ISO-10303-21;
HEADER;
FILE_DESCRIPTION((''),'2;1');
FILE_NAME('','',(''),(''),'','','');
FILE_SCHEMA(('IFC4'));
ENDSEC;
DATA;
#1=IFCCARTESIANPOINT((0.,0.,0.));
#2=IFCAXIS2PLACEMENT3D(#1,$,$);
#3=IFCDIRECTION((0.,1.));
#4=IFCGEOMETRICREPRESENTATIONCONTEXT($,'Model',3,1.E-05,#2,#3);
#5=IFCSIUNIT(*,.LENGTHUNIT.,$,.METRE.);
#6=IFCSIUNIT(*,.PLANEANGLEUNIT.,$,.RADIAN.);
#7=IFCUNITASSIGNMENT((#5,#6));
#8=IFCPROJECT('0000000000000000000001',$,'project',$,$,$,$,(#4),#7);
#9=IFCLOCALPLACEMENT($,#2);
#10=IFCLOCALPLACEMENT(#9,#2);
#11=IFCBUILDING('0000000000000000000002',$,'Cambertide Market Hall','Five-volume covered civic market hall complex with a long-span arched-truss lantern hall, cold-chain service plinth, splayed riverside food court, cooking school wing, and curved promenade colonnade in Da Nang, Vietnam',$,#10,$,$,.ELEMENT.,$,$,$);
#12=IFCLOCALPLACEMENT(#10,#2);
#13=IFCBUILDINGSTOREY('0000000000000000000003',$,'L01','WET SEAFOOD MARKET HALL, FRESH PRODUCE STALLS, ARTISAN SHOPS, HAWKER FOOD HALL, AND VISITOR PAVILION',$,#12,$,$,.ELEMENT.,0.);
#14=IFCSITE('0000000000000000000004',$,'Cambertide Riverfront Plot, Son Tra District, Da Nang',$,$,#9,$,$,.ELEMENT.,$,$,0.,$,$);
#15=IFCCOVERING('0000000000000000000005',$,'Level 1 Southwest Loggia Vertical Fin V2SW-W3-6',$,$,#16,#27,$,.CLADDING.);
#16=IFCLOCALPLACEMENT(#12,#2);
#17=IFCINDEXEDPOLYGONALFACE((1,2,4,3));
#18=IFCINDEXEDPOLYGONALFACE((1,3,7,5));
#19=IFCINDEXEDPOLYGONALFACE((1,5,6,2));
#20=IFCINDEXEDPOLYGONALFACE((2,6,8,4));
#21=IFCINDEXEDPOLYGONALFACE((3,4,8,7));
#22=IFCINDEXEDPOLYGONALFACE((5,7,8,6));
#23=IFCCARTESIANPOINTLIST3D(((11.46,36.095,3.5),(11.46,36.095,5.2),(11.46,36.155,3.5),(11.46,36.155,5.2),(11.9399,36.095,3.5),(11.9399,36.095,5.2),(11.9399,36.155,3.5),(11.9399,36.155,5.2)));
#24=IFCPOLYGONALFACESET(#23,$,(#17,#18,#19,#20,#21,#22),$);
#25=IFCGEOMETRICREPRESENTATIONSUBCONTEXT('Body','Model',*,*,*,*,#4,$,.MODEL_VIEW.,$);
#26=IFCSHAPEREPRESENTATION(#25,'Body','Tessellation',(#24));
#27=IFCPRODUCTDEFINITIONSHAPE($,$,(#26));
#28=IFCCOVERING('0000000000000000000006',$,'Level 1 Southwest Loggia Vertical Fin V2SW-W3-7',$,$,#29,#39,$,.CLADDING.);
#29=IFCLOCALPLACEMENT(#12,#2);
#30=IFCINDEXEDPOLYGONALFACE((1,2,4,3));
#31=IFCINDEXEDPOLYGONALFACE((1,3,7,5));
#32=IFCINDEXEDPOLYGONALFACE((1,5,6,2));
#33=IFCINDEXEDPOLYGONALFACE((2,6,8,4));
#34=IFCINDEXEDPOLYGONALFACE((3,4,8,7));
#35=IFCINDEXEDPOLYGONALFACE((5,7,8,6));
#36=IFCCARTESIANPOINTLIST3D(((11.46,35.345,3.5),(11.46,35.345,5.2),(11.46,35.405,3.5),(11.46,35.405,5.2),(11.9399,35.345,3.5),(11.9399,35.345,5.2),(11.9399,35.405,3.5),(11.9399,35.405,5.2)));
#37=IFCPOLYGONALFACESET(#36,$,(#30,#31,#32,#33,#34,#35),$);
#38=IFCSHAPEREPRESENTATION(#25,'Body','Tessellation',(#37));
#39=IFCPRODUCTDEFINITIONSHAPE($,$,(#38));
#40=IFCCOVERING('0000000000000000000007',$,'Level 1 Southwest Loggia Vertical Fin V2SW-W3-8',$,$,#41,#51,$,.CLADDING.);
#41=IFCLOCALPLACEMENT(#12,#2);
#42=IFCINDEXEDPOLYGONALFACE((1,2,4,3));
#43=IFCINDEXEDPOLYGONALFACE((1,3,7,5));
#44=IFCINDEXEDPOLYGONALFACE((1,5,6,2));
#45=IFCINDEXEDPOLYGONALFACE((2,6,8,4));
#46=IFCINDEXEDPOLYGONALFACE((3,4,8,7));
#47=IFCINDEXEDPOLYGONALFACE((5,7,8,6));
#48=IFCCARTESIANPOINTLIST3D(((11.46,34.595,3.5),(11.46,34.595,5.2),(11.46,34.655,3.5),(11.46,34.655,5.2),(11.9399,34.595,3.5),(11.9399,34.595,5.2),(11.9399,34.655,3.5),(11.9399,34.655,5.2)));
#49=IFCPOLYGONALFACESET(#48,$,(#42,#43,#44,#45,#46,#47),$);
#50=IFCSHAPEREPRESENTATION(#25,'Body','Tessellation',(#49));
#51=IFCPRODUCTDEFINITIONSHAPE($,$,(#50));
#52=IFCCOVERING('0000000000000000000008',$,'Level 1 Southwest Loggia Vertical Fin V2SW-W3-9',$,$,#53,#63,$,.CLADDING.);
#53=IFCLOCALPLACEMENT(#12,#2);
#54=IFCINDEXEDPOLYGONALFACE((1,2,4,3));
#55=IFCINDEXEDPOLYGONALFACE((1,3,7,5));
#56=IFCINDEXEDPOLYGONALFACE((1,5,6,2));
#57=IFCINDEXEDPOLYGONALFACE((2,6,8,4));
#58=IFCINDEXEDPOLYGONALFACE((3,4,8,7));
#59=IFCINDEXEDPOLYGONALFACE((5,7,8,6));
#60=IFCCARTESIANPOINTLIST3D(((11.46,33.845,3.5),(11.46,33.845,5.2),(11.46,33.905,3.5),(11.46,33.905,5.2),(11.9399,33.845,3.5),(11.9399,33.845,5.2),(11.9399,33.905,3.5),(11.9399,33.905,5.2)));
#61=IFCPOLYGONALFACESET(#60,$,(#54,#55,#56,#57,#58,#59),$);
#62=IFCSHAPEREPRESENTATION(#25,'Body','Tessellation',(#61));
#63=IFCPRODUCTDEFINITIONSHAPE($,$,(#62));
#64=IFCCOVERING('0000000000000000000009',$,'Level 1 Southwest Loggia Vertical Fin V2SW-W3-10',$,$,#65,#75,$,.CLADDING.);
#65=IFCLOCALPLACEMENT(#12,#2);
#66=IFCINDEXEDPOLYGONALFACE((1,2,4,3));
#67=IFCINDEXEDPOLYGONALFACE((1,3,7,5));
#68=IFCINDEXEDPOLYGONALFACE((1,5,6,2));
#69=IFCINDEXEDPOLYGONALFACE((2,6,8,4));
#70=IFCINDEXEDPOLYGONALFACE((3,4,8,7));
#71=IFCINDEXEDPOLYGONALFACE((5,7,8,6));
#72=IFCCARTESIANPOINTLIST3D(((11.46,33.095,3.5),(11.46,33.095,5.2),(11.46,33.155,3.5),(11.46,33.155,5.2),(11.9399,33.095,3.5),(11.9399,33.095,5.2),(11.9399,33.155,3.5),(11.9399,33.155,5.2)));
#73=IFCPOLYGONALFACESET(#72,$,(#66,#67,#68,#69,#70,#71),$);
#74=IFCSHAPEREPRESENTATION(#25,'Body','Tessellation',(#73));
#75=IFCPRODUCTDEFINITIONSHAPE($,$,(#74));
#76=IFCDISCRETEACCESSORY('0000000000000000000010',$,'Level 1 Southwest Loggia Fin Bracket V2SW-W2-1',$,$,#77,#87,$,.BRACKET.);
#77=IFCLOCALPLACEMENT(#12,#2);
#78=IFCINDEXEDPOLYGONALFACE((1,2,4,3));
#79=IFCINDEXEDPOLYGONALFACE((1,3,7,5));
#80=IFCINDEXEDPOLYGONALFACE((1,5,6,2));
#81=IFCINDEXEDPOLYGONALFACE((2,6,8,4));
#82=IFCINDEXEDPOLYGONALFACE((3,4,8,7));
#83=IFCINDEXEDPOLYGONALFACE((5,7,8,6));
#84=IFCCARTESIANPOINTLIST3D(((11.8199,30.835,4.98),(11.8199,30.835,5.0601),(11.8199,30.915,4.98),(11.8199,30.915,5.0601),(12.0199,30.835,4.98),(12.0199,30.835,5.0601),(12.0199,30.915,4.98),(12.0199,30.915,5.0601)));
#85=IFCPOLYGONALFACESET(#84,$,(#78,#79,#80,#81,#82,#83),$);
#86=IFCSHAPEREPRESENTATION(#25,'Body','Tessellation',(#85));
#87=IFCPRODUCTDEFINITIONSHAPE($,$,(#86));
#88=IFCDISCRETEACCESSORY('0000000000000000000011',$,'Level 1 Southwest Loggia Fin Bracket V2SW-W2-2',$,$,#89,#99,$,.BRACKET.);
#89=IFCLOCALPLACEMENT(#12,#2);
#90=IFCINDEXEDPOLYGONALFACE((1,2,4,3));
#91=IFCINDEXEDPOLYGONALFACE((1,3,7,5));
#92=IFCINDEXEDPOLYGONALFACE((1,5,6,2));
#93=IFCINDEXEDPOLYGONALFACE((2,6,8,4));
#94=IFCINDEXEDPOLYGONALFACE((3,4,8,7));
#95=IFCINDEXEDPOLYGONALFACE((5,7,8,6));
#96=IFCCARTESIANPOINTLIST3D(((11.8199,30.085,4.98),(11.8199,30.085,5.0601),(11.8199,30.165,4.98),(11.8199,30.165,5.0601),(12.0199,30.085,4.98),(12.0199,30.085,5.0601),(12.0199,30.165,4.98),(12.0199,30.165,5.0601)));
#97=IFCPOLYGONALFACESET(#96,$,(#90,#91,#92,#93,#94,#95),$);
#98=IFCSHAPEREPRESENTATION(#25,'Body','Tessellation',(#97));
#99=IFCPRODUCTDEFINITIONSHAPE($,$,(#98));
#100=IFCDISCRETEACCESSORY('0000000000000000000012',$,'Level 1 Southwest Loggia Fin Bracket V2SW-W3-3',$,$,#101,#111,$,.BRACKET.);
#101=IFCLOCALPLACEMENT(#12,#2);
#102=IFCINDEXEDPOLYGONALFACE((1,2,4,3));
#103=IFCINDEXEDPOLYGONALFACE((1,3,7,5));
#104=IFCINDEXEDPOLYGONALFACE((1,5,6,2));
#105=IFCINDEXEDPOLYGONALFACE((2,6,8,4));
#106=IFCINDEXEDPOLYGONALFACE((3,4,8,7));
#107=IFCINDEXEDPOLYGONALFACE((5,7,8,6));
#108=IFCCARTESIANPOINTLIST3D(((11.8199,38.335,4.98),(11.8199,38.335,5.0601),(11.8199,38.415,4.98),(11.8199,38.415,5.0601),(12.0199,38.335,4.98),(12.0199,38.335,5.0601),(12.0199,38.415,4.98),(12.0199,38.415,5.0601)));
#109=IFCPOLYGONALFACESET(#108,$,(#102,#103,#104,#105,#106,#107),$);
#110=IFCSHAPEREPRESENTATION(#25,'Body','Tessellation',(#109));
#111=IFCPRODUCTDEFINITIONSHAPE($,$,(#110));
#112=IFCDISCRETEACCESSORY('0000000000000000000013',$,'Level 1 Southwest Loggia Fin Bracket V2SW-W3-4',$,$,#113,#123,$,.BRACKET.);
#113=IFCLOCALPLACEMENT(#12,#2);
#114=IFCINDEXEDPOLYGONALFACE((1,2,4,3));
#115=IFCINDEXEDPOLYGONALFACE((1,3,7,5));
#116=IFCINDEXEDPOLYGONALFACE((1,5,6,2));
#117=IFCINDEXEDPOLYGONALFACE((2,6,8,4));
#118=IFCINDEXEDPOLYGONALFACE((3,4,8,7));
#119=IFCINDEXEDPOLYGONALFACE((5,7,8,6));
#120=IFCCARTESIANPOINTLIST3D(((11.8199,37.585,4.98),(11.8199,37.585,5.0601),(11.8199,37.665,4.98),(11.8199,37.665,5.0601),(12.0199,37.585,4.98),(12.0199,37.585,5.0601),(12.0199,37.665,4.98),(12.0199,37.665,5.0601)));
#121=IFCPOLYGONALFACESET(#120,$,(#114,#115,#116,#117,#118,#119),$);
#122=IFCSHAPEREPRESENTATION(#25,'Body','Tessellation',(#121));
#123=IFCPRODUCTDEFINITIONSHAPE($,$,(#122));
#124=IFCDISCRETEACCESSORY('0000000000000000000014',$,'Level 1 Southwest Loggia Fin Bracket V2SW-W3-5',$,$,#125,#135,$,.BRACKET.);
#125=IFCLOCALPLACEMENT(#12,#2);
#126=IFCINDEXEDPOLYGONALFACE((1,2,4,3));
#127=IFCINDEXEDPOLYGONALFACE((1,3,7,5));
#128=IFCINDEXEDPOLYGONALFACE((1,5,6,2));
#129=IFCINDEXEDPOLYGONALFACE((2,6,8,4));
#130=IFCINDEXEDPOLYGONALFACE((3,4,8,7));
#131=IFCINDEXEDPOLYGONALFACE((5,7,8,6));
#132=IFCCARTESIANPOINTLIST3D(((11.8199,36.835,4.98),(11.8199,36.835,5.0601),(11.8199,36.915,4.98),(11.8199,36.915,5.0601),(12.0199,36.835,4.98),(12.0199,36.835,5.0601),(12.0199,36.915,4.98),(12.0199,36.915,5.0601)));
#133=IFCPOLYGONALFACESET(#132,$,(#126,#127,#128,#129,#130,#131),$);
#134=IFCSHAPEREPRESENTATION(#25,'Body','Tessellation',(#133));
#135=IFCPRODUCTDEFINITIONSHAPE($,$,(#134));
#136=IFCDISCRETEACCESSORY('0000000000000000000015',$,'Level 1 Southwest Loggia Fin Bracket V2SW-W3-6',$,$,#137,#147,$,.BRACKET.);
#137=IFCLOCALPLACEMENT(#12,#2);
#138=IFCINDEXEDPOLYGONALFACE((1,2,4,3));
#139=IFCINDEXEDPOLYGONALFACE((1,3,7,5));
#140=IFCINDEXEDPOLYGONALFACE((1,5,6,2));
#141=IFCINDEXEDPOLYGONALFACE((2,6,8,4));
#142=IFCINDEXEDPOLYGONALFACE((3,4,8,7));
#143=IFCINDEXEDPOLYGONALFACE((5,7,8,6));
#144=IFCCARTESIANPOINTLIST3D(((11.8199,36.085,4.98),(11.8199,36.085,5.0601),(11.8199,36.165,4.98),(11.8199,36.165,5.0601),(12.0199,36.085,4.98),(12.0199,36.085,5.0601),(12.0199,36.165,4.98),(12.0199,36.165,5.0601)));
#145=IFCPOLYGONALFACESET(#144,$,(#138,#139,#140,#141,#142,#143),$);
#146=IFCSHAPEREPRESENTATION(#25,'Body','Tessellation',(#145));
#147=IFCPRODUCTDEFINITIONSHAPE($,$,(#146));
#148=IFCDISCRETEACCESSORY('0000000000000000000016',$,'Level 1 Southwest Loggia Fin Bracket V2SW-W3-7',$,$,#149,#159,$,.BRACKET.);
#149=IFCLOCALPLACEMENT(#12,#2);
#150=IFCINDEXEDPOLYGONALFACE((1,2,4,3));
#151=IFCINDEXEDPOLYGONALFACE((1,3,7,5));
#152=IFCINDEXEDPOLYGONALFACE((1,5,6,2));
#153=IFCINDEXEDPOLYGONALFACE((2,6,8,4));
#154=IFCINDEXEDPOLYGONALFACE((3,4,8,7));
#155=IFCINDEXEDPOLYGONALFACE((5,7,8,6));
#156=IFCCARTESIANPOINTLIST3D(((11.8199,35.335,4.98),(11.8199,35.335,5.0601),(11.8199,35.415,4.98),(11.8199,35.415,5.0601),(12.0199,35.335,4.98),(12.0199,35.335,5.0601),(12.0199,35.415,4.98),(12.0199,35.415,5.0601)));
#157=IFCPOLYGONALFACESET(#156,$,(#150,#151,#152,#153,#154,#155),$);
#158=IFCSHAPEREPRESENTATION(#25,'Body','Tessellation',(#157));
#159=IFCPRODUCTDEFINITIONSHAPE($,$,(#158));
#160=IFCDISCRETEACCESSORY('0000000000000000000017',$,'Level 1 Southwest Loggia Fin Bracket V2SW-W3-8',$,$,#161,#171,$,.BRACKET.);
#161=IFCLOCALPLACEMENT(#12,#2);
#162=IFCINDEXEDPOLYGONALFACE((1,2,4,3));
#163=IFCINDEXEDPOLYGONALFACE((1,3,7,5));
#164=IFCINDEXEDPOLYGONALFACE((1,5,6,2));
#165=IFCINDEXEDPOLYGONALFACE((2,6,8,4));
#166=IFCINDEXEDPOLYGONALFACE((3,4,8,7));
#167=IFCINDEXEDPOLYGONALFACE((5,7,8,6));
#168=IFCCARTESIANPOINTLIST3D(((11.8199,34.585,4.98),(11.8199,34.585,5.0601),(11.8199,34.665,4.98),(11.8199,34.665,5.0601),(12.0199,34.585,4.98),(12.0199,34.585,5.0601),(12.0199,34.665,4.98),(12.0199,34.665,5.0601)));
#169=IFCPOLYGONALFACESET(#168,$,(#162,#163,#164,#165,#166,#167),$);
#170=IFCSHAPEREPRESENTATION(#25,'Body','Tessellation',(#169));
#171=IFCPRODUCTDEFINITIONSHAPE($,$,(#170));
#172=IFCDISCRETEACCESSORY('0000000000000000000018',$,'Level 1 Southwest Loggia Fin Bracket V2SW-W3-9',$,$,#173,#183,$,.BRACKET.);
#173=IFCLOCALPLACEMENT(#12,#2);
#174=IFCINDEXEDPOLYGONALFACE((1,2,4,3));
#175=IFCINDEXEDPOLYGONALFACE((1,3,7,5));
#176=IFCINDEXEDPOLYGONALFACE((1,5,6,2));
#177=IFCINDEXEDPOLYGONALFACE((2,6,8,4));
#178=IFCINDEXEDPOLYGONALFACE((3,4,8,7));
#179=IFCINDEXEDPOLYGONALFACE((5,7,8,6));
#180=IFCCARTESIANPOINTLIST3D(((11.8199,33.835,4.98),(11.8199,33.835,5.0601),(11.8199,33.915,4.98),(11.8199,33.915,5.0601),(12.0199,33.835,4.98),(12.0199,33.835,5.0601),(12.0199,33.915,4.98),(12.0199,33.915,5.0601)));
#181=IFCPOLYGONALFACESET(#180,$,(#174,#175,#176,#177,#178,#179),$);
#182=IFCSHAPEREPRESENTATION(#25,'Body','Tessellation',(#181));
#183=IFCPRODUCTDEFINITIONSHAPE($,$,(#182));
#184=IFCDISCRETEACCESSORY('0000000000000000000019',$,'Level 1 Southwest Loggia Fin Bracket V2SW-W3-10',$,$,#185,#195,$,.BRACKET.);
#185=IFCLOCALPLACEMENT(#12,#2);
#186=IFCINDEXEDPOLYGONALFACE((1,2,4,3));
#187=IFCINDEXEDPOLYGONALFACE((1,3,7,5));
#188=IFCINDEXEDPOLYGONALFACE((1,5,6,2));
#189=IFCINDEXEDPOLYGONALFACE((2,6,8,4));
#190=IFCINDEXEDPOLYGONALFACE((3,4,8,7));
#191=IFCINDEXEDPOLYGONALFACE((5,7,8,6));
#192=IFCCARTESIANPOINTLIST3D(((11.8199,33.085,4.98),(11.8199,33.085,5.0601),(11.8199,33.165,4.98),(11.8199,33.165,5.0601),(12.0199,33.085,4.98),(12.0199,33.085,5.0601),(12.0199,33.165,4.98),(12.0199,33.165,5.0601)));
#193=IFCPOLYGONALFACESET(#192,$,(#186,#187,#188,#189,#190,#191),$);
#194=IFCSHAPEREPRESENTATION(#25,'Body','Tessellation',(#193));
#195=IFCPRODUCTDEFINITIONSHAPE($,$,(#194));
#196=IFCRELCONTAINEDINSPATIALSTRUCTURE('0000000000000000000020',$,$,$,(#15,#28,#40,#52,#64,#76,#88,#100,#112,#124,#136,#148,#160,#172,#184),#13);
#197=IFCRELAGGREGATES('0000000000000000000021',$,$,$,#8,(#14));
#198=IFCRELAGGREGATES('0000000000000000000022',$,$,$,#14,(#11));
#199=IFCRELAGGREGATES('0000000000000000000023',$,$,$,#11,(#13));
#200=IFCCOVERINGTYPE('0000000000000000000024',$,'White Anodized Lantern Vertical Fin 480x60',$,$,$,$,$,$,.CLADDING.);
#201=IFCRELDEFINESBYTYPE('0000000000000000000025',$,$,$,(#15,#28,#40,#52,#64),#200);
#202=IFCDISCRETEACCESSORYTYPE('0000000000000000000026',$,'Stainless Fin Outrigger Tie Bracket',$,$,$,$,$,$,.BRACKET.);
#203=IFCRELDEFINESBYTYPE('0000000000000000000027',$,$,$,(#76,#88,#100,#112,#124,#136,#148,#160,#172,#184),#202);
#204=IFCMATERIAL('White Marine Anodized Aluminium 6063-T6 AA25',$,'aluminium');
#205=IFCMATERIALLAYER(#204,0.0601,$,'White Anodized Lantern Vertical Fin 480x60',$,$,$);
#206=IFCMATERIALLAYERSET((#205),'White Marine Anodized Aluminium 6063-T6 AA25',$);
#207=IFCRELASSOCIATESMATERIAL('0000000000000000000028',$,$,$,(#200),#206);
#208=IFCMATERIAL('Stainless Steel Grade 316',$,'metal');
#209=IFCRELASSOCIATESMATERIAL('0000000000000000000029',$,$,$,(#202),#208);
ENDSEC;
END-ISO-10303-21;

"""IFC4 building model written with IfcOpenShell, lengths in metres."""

from ifc_helpers import new_model, si_unit, direction, frame, origin, origin_2d, place, context, subcontext, project, spatial, rectangle, extrude, material, layer, layer_set, type_object, element, save


model = new_model("IFC4")

# Units and contexts
model_context = context("Model", 3, precision=1e-05, world=origin(), true_north=direction((0.0, 1.0)))
body_context = subcontext(model_context, "Body", "Model", "MODEL_VIEW")
ifc_project = project(units=[si_unit("LENGTHUNIT", "METRE"), si_unit("PLANEANGLEUNIT", "RADIAN")], contexts=[model_context])

# Site, building, storey
site_placement = place(None, origin())
site = spatial("IfcSite", under=ifc_project, at=site_placement, Name="Cambertide Riverfront Plot, Son Tra District, Da Nang", CompositionType="ELEMENT", RefElevation=0.0)
building_placement = place(site_placement, origin())
building = spatial("IfcBuilding", under=site, at=building_placement, Name="Cambertide Market Hall", Description="Five-volume covered civic market hall complex with a long-span arched-truss lantern hall, cold-chain service plinth, splayed riverside food court, cooking school wing, and curved promenade colonnade in Da Nang, Vietnam", CompositionType="ELEMENT")
storey_placement = place(building_placement, origin())
storey = spatial("IfcBuildingStorey", under=building, at=storey_placement, Name="L01", Description="WET SEAFOOD MARKET HALL, FRESH PRODUCE STALLS, ARTISAN SHOPS, HAWKER FOOD HALL, AND VISITOR PAVILION", CompositionType="ELEMENT", Elevation=0.0)

# Coverings
ifc_material_1 = material(Name="White Marine Anodized Aluminium 6063-T6 AA25", Category="aluminium")
ifc_layer = layer(ifc_material_1, 0.0601, Name="White Anodized Lantern Vertical Fin 480x60")
ifc_layer_set = layer_set([ifc_layer], Name="White Marine Anodized Aluminium 6063-T6 AA25")
covering_type = type_object("IfcCoveringType", Name="White Anodized Lantern Vertical Fin 480x60", PredefinedType="CLADDING", material=ifc_layer_set)
for number, where, z_axis, x_axis, name in (
    (1, (11.7, 36.125, 3.5), (0.0, 0.0, 1.0), (0.0, 1.0, 0.0), "Level 1 Southwest Loggia Vertical Fin V2SW-W3-6"),
    (2, (11.7, 35.375, 3.5), (0.0, 0.0, 1.0), (0.0, 1.0, 0.0), "Level 1 Southwest Loggia Vertical Fin V2SW-W3-7"),
    (3, (11.7, 34.625, 3.5), (0.0, 0.0, 1.0), (0.0, 1.0, 0.0), "Level 1 Southwest Loggia Vertical Fin V2SW-W3-8"),
    (4, (11.7, 33.875, 3.5), (0.0, 0.0, 1.0), (0.0, 1.0, 0.0), "Level 1 Southwest Loggia Vertical Fin V2SW-W3-9"),
    (5, (11.7, 33.125, 3.5), (0.0, 0.0, 1.0), (0.0, 1.0, 0.0), "Level 1 Southwest Loggia Vertical Fin V2SW-W3-10"),
):
    element("IfcCovering", number, at=place(storey_placement, frame(where, z_axis=z_axis, x_axis=x_axis)), inside=storey, type_object=covering_type, Name=name, PredefinedType="CLADDING", context=body_context, shape_type="SweptSolid", body=[
        extrude(rectangle(XDim=0.0601, YDim=0.48, at=origin_2d()), origin(), (0.0, 0.0, 1.0), 1.7),
    ])

# Discrete accessories
ifc_material_2 = material(Name="Stainless Steel Grade 316", Category="metal")
discrete_accessory_type = type_object("IfcDiscreteAccessoryType", Name="Stainless Fin Outrigger Tie Bracket", PredefinedType="BRACKET", material=ifc_material_2)
for number, where, z_axis, x_axis, name in (
    (6, (11.9199, 30.875, 4.98), (0.0, 0.0, 1.0), (0.0, 1.0, 0.0), "Level 1 Southwest Loggia Fin Bracket V2SW-W2-1"),
    (7, (11.9199, 30.125, 4.98), (0.0, 0.0, 1.0), (0.0, 1.0, 0.0), "Level 1 Southwest Loggia Fin Bracket V2SW-W2-2"),
    (8, (11.9199, 38.375, 4.98), (0.0, 0.0, 1.0), (0.0, 1.0, 0.0), "Level 1 Southwest Loggia Fin Bracket V2SW-W3-3"),
    (9, (11.9199, 37.625, 4.98), (0.0, 0.0, 1.0), (0.0, 1.0, 0.0), "Level 1 Southwest Loggia Fin Bracket V2SW-W3-4"),
    (10, (11.9199, 36.875, 4.98), (0.0, 0.0, 1.0), (0.0, 1.0, 0.0), "Level 1 Southwest Loggia Fin Bracket V2SW-W3-5"),
    (11, (11.9199, 36.125, 4.98), (0.0, 0.0, 1.0), (0.0, 1.0, 0.0), "Level 1 Southwest Loggia Fin Bracket V2SW-W3-6"),
    (12, (11.9199, 35.375, 4.98), (0.0, 0.0, 1.0), (0.0, 1.0, 0.0), "Level 1 Southwest Loggia Fin Bracket V2SW-W3-7"),
    (13, (11.9199, 34.625, 4.98), (0.0, 0.0, 1.0), (0.0, 1.0, 0.0), "Level 1 Southwest Loggia Fin Bracket V2SW-W3-8"),
    (14, (11.9199, 33.875, 4.98), (0.0, 0.0, 1.0), (0.0, 1.0, 0.0), "Level 1 Southwest Loggia Fin Bracket V2SW-W3-9"),
    (15, (11.9199, 33.125, 4.98), (0.0, 0.0, 1.0), (0.0, 1.0, 0.0), "Level 1 Southwest Loggia Fin Bracket V2SW-W3-10"),
):
    element("IfcDiscreteAccessory", number, at=place(storey_placement, frame(where, z_axis=z_axis, x_axis=x_axis)), inside=storey, type_object=discrete_accessory_type, Name=name, PredefinedType="BRACKET", context=body_context, shape_type="SweptSolid", body=[
        extrude(rectangle(XDim=0.0801, YDim=0.2, at=origin_2d()), origin(), (0.0, 0.0, 1.0), 0.0801),
    ])

save(model, "model.ifc")
